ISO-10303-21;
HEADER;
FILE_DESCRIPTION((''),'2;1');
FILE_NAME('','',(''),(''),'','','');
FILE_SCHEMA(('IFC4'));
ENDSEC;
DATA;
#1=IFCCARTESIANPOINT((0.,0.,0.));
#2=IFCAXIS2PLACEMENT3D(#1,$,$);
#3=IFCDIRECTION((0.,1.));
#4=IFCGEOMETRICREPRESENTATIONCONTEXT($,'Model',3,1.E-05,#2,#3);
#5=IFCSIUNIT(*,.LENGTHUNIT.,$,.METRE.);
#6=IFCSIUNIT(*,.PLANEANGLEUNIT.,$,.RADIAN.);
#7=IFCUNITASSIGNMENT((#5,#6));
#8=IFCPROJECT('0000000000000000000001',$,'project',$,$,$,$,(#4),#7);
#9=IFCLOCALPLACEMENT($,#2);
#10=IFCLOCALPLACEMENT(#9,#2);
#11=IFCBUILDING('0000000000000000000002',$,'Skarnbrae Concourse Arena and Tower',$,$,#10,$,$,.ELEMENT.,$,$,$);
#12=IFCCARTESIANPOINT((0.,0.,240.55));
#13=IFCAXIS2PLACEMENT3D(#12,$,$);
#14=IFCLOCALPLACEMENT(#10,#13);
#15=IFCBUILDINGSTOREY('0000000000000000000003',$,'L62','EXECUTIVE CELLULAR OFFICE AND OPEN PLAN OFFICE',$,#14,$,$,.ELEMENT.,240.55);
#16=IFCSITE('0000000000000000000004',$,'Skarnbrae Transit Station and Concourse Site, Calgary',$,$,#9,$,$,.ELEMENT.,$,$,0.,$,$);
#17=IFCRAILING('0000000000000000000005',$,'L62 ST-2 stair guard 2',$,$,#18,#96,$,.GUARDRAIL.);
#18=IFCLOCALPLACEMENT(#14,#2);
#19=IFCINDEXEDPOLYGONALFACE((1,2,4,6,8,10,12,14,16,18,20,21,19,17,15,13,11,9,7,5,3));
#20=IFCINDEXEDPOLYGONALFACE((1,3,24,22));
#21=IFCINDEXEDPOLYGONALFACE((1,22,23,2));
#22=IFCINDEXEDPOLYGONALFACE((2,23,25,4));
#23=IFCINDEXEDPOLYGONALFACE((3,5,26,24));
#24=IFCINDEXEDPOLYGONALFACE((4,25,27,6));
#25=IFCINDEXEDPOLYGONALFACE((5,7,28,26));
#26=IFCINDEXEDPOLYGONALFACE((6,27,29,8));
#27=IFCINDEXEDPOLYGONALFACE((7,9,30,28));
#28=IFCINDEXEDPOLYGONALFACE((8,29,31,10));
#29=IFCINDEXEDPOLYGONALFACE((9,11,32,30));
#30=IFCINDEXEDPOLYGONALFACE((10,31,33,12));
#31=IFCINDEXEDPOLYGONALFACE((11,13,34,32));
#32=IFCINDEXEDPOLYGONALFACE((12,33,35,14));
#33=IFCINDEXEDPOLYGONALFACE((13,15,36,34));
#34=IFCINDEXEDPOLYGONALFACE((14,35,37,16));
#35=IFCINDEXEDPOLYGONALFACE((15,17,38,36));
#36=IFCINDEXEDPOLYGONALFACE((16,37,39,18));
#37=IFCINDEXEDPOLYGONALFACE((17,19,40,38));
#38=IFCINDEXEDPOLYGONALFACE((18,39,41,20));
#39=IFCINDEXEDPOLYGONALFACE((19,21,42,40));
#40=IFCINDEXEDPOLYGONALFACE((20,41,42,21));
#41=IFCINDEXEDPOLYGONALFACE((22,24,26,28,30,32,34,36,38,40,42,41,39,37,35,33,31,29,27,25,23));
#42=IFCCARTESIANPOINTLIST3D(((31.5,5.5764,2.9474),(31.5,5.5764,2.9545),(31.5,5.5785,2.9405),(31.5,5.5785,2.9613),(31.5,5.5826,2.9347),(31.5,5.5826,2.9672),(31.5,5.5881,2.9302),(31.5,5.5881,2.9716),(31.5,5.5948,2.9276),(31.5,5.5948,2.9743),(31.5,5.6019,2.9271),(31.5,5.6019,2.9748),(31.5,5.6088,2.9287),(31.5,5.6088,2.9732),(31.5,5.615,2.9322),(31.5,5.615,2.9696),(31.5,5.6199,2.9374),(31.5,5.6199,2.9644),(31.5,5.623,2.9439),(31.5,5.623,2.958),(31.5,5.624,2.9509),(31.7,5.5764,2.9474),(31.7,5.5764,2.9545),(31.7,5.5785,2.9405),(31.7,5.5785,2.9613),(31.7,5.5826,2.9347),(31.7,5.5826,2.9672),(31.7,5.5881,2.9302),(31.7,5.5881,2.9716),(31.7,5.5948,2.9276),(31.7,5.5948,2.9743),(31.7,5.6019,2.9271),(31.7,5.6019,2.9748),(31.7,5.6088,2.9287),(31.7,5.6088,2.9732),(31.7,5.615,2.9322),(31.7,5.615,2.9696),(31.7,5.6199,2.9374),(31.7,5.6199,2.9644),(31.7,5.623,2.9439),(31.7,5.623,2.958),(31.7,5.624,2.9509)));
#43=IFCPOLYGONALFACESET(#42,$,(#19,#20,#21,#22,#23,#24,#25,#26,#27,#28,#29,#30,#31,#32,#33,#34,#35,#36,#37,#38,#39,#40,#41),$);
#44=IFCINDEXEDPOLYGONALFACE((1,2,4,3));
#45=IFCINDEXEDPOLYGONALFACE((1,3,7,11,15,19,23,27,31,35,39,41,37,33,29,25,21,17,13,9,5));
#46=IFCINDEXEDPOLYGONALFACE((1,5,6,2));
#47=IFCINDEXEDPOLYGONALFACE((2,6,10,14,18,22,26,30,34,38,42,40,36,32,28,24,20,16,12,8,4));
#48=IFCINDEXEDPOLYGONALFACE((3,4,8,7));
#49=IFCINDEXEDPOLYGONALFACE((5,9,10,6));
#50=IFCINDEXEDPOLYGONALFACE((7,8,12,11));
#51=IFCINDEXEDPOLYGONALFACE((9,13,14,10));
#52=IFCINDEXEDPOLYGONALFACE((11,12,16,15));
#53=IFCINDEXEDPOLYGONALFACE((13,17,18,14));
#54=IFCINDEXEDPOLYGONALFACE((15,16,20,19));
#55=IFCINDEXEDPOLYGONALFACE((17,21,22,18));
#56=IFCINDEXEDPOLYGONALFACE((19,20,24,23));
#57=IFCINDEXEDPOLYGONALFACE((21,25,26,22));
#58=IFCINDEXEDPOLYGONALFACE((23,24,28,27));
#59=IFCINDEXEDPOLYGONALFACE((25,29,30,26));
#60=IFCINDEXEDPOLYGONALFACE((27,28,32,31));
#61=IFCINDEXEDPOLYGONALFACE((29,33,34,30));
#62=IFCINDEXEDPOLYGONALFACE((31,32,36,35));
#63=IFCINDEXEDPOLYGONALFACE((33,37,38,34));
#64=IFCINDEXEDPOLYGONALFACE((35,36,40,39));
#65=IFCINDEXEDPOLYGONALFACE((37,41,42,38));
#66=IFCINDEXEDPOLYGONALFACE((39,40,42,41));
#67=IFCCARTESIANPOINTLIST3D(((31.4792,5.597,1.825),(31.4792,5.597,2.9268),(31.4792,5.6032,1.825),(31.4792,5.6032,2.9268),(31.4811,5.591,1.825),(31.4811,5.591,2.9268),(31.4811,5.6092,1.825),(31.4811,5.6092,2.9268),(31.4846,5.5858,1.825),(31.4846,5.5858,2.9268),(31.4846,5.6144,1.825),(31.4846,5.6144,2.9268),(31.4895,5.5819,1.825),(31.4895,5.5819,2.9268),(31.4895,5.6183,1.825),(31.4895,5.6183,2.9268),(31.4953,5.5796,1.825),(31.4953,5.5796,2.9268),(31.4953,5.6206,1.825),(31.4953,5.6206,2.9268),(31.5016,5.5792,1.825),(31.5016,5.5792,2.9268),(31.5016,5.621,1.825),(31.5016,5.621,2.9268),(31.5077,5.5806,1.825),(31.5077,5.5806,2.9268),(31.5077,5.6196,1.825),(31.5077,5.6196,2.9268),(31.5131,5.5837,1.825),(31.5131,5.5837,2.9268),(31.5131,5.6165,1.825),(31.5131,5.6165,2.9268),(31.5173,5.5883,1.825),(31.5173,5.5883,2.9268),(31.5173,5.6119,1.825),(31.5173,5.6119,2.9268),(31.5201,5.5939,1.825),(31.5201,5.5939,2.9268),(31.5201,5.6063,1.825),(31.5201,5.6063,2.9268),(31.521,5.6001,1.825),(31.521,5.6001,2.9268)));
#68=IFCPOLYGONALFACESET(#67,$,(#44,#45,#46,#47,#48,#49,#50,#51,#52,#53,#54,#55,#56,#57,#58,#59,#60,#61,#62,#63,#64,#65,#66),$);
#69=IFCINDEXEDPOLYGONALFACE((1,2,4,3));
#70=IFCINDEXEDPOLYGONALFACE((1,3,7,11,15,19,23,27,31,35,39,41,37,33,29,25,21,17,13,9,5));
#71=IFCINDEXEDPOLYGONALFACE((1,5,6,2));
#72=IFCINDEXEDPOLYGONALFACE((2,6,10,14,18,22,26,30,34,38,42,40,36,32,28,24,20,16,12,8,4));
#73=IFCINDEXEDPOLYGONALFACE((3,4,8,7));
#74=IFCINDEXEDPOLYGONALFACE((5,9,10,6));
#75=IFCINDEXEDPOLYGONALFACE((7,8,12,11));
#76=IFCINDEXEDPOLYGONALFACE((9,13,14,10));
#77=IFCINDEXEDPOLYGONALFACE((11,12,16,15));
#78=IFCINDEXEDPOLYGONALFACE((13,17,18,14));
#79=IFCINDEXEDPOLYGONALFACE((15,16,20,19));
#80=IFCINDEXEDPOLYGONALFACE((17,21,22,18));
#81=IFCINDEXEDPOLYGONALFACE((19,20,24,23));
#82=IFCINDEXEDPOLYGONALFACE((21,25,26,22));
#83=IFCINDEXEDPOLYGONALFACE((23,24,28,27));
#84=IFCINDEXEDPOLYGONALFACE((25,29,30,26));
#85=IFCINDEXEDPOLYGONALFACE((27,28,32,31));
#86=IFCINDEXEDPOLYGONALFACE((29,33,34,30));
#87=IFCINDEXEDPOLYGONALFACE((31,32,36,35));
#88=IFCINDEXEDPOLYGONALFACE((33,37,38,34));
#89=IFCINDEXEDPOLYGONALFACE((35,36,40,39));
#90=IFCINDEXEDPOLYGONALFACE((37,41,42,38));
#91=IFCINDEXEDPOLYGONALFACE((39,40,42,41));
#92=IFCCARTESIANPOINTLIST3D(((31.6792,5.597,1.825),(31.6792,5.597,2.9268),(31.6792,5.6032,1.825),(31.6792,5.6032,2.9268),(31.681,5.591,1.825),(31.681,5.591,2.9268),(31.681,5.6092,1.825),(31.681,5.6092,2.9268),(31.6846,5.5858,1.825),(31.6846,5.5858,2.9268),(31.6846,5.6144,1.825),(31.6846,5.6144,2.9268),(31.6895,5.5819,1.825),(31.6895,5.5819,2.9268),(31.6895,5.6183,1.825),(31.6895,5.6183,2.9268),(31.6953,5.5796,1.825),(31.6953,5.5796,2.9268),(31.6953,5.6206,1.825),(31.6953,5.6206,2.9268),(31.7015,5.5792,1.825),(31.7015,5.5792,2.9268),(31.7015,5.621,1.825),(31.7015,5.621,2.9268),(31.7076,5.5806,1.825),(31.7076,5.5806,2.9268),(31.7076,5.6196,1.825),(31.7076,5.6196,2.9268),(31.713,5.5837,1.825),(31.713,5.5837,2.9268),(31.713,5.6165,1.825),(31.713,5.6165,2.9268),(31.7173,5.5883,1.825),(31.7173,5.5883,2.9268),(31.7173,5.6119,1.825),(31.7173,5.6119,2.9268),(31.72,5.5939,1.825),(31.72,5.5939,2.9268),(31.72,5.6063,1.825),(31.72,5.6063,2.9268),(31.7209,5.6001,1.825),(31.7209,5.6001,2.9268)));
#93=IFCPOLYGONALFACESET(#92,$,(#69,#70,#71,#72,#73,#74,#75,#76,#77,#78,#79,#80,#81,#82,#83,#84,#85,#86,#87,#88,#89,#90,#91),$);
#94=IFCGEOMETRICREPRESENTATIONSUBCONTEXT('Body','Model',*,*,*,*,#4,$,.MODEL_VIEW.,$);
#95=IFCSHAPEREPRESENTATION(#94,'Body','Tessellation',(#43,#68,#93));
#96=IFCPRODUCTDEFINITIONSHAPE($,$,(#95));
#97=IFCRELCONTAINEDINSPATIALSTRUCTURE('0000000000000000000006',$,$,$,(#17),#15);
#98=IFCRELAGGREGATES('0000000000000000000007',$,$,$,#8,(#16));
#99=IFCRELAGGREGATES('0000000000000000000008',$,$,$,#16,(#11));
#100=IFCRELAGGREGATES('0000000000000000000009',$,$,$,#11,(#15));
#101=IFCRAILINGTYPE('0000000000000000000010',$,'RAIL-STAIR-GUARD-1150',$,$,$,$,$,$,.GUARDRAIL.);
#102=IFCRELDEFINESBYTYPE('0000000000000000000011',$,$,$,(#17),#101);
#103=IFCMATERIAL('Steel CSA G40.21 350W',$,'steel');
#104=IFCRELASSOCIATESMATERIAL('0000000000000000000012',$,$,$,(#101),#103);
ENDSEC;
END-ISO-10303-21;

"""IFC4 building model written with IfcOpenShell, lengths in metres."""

from ifc_helpers import new_model, si_unit, direction, frame, origin, origin_2d, place, context, subcontext, project, spatial, circle, extrude, material, type_object, element, save


model = new_model("IFC4")

# Units and contexts
model_context = context("Model", 3, precision=1e-05, world=origin(), true_north=direction((0.0, 1.0)))
body_context = subcontext(model_context, "Body", "Model", "MODEL_VIEW")
ifc_project = project(units=[si_unit("LENGTHUNIT", "METRE"), si_unit("PLANEANGLEUNIT", "RADIAN")], contexts=[model_context])

# Site, building, storey
site_placement = place(None, origin())
site = spatial("IfcSite", under=ifc_project, at=site_placement, Name="Skarnbrae Transit Station and Concourse Site, Calgary", CompositionType="ELEMENT", RefElevation=0.0)
building_placement = place(site_placement, origin())
building = spatial("IfcBuilding", under=site, at=building_placement, Name="Skarnbrae Concourse Arena and Tower", CompositionType="ELEMENT")
storey_placement = place(building_placement, frame((0.0, 0.0, 240.55)))
storey = spatial("IfcBuildingStorey", under=building, at=storey_placement, Name="L62", Description="EXECUTIVE CELLULAR OFFICE AND OPEN PLAN OFFICE", CompositionType="ELEMENT", Elevation=240.55)

# Shared definitions
ifc_material_1 = material(Name="Steel CSA G40.21 350W", Category="steel")

# Railing
railing_type_1 = type_object("IfcRailingType", Name="RAIL-STAIR-GUARD-1150", PredefinedType="GUARDRAIL", material=ifc_material_1)
railing_1_placement = place(storey_placement, frame((31.5, 5.6001, 1.825)))
element("IfcRailing", 1, at=railing_1_placement, inside=storey, type_object=railing_type_1, Name="L62 ST-2 stair guard 2", PredefinedType="GUARDRAIL", context=body_context, shape_type="SweptSolid", body=[
    extrude(circle(Radius=0.0239, at=origin_2d()), frame((0.0, 0.0, 1.126), z_axis=(1.0, 0.0, 0.0), x_axis=(0.0, 1.0, 0.0)), (0.0, 0.0, 1.0), 0.2),
    extrude(circle(Radius=0.021, at=origin_2d()), origin(), (0.0, 0.0, 1.0), 1.1018),
    extrude(circle(Radius=0.021, at=origin_2d()), frame((0.2, 0.0, 0.0)), (0.0, 0.0, 1.0), 1.1018),
])

save(model, "model.ifc")
